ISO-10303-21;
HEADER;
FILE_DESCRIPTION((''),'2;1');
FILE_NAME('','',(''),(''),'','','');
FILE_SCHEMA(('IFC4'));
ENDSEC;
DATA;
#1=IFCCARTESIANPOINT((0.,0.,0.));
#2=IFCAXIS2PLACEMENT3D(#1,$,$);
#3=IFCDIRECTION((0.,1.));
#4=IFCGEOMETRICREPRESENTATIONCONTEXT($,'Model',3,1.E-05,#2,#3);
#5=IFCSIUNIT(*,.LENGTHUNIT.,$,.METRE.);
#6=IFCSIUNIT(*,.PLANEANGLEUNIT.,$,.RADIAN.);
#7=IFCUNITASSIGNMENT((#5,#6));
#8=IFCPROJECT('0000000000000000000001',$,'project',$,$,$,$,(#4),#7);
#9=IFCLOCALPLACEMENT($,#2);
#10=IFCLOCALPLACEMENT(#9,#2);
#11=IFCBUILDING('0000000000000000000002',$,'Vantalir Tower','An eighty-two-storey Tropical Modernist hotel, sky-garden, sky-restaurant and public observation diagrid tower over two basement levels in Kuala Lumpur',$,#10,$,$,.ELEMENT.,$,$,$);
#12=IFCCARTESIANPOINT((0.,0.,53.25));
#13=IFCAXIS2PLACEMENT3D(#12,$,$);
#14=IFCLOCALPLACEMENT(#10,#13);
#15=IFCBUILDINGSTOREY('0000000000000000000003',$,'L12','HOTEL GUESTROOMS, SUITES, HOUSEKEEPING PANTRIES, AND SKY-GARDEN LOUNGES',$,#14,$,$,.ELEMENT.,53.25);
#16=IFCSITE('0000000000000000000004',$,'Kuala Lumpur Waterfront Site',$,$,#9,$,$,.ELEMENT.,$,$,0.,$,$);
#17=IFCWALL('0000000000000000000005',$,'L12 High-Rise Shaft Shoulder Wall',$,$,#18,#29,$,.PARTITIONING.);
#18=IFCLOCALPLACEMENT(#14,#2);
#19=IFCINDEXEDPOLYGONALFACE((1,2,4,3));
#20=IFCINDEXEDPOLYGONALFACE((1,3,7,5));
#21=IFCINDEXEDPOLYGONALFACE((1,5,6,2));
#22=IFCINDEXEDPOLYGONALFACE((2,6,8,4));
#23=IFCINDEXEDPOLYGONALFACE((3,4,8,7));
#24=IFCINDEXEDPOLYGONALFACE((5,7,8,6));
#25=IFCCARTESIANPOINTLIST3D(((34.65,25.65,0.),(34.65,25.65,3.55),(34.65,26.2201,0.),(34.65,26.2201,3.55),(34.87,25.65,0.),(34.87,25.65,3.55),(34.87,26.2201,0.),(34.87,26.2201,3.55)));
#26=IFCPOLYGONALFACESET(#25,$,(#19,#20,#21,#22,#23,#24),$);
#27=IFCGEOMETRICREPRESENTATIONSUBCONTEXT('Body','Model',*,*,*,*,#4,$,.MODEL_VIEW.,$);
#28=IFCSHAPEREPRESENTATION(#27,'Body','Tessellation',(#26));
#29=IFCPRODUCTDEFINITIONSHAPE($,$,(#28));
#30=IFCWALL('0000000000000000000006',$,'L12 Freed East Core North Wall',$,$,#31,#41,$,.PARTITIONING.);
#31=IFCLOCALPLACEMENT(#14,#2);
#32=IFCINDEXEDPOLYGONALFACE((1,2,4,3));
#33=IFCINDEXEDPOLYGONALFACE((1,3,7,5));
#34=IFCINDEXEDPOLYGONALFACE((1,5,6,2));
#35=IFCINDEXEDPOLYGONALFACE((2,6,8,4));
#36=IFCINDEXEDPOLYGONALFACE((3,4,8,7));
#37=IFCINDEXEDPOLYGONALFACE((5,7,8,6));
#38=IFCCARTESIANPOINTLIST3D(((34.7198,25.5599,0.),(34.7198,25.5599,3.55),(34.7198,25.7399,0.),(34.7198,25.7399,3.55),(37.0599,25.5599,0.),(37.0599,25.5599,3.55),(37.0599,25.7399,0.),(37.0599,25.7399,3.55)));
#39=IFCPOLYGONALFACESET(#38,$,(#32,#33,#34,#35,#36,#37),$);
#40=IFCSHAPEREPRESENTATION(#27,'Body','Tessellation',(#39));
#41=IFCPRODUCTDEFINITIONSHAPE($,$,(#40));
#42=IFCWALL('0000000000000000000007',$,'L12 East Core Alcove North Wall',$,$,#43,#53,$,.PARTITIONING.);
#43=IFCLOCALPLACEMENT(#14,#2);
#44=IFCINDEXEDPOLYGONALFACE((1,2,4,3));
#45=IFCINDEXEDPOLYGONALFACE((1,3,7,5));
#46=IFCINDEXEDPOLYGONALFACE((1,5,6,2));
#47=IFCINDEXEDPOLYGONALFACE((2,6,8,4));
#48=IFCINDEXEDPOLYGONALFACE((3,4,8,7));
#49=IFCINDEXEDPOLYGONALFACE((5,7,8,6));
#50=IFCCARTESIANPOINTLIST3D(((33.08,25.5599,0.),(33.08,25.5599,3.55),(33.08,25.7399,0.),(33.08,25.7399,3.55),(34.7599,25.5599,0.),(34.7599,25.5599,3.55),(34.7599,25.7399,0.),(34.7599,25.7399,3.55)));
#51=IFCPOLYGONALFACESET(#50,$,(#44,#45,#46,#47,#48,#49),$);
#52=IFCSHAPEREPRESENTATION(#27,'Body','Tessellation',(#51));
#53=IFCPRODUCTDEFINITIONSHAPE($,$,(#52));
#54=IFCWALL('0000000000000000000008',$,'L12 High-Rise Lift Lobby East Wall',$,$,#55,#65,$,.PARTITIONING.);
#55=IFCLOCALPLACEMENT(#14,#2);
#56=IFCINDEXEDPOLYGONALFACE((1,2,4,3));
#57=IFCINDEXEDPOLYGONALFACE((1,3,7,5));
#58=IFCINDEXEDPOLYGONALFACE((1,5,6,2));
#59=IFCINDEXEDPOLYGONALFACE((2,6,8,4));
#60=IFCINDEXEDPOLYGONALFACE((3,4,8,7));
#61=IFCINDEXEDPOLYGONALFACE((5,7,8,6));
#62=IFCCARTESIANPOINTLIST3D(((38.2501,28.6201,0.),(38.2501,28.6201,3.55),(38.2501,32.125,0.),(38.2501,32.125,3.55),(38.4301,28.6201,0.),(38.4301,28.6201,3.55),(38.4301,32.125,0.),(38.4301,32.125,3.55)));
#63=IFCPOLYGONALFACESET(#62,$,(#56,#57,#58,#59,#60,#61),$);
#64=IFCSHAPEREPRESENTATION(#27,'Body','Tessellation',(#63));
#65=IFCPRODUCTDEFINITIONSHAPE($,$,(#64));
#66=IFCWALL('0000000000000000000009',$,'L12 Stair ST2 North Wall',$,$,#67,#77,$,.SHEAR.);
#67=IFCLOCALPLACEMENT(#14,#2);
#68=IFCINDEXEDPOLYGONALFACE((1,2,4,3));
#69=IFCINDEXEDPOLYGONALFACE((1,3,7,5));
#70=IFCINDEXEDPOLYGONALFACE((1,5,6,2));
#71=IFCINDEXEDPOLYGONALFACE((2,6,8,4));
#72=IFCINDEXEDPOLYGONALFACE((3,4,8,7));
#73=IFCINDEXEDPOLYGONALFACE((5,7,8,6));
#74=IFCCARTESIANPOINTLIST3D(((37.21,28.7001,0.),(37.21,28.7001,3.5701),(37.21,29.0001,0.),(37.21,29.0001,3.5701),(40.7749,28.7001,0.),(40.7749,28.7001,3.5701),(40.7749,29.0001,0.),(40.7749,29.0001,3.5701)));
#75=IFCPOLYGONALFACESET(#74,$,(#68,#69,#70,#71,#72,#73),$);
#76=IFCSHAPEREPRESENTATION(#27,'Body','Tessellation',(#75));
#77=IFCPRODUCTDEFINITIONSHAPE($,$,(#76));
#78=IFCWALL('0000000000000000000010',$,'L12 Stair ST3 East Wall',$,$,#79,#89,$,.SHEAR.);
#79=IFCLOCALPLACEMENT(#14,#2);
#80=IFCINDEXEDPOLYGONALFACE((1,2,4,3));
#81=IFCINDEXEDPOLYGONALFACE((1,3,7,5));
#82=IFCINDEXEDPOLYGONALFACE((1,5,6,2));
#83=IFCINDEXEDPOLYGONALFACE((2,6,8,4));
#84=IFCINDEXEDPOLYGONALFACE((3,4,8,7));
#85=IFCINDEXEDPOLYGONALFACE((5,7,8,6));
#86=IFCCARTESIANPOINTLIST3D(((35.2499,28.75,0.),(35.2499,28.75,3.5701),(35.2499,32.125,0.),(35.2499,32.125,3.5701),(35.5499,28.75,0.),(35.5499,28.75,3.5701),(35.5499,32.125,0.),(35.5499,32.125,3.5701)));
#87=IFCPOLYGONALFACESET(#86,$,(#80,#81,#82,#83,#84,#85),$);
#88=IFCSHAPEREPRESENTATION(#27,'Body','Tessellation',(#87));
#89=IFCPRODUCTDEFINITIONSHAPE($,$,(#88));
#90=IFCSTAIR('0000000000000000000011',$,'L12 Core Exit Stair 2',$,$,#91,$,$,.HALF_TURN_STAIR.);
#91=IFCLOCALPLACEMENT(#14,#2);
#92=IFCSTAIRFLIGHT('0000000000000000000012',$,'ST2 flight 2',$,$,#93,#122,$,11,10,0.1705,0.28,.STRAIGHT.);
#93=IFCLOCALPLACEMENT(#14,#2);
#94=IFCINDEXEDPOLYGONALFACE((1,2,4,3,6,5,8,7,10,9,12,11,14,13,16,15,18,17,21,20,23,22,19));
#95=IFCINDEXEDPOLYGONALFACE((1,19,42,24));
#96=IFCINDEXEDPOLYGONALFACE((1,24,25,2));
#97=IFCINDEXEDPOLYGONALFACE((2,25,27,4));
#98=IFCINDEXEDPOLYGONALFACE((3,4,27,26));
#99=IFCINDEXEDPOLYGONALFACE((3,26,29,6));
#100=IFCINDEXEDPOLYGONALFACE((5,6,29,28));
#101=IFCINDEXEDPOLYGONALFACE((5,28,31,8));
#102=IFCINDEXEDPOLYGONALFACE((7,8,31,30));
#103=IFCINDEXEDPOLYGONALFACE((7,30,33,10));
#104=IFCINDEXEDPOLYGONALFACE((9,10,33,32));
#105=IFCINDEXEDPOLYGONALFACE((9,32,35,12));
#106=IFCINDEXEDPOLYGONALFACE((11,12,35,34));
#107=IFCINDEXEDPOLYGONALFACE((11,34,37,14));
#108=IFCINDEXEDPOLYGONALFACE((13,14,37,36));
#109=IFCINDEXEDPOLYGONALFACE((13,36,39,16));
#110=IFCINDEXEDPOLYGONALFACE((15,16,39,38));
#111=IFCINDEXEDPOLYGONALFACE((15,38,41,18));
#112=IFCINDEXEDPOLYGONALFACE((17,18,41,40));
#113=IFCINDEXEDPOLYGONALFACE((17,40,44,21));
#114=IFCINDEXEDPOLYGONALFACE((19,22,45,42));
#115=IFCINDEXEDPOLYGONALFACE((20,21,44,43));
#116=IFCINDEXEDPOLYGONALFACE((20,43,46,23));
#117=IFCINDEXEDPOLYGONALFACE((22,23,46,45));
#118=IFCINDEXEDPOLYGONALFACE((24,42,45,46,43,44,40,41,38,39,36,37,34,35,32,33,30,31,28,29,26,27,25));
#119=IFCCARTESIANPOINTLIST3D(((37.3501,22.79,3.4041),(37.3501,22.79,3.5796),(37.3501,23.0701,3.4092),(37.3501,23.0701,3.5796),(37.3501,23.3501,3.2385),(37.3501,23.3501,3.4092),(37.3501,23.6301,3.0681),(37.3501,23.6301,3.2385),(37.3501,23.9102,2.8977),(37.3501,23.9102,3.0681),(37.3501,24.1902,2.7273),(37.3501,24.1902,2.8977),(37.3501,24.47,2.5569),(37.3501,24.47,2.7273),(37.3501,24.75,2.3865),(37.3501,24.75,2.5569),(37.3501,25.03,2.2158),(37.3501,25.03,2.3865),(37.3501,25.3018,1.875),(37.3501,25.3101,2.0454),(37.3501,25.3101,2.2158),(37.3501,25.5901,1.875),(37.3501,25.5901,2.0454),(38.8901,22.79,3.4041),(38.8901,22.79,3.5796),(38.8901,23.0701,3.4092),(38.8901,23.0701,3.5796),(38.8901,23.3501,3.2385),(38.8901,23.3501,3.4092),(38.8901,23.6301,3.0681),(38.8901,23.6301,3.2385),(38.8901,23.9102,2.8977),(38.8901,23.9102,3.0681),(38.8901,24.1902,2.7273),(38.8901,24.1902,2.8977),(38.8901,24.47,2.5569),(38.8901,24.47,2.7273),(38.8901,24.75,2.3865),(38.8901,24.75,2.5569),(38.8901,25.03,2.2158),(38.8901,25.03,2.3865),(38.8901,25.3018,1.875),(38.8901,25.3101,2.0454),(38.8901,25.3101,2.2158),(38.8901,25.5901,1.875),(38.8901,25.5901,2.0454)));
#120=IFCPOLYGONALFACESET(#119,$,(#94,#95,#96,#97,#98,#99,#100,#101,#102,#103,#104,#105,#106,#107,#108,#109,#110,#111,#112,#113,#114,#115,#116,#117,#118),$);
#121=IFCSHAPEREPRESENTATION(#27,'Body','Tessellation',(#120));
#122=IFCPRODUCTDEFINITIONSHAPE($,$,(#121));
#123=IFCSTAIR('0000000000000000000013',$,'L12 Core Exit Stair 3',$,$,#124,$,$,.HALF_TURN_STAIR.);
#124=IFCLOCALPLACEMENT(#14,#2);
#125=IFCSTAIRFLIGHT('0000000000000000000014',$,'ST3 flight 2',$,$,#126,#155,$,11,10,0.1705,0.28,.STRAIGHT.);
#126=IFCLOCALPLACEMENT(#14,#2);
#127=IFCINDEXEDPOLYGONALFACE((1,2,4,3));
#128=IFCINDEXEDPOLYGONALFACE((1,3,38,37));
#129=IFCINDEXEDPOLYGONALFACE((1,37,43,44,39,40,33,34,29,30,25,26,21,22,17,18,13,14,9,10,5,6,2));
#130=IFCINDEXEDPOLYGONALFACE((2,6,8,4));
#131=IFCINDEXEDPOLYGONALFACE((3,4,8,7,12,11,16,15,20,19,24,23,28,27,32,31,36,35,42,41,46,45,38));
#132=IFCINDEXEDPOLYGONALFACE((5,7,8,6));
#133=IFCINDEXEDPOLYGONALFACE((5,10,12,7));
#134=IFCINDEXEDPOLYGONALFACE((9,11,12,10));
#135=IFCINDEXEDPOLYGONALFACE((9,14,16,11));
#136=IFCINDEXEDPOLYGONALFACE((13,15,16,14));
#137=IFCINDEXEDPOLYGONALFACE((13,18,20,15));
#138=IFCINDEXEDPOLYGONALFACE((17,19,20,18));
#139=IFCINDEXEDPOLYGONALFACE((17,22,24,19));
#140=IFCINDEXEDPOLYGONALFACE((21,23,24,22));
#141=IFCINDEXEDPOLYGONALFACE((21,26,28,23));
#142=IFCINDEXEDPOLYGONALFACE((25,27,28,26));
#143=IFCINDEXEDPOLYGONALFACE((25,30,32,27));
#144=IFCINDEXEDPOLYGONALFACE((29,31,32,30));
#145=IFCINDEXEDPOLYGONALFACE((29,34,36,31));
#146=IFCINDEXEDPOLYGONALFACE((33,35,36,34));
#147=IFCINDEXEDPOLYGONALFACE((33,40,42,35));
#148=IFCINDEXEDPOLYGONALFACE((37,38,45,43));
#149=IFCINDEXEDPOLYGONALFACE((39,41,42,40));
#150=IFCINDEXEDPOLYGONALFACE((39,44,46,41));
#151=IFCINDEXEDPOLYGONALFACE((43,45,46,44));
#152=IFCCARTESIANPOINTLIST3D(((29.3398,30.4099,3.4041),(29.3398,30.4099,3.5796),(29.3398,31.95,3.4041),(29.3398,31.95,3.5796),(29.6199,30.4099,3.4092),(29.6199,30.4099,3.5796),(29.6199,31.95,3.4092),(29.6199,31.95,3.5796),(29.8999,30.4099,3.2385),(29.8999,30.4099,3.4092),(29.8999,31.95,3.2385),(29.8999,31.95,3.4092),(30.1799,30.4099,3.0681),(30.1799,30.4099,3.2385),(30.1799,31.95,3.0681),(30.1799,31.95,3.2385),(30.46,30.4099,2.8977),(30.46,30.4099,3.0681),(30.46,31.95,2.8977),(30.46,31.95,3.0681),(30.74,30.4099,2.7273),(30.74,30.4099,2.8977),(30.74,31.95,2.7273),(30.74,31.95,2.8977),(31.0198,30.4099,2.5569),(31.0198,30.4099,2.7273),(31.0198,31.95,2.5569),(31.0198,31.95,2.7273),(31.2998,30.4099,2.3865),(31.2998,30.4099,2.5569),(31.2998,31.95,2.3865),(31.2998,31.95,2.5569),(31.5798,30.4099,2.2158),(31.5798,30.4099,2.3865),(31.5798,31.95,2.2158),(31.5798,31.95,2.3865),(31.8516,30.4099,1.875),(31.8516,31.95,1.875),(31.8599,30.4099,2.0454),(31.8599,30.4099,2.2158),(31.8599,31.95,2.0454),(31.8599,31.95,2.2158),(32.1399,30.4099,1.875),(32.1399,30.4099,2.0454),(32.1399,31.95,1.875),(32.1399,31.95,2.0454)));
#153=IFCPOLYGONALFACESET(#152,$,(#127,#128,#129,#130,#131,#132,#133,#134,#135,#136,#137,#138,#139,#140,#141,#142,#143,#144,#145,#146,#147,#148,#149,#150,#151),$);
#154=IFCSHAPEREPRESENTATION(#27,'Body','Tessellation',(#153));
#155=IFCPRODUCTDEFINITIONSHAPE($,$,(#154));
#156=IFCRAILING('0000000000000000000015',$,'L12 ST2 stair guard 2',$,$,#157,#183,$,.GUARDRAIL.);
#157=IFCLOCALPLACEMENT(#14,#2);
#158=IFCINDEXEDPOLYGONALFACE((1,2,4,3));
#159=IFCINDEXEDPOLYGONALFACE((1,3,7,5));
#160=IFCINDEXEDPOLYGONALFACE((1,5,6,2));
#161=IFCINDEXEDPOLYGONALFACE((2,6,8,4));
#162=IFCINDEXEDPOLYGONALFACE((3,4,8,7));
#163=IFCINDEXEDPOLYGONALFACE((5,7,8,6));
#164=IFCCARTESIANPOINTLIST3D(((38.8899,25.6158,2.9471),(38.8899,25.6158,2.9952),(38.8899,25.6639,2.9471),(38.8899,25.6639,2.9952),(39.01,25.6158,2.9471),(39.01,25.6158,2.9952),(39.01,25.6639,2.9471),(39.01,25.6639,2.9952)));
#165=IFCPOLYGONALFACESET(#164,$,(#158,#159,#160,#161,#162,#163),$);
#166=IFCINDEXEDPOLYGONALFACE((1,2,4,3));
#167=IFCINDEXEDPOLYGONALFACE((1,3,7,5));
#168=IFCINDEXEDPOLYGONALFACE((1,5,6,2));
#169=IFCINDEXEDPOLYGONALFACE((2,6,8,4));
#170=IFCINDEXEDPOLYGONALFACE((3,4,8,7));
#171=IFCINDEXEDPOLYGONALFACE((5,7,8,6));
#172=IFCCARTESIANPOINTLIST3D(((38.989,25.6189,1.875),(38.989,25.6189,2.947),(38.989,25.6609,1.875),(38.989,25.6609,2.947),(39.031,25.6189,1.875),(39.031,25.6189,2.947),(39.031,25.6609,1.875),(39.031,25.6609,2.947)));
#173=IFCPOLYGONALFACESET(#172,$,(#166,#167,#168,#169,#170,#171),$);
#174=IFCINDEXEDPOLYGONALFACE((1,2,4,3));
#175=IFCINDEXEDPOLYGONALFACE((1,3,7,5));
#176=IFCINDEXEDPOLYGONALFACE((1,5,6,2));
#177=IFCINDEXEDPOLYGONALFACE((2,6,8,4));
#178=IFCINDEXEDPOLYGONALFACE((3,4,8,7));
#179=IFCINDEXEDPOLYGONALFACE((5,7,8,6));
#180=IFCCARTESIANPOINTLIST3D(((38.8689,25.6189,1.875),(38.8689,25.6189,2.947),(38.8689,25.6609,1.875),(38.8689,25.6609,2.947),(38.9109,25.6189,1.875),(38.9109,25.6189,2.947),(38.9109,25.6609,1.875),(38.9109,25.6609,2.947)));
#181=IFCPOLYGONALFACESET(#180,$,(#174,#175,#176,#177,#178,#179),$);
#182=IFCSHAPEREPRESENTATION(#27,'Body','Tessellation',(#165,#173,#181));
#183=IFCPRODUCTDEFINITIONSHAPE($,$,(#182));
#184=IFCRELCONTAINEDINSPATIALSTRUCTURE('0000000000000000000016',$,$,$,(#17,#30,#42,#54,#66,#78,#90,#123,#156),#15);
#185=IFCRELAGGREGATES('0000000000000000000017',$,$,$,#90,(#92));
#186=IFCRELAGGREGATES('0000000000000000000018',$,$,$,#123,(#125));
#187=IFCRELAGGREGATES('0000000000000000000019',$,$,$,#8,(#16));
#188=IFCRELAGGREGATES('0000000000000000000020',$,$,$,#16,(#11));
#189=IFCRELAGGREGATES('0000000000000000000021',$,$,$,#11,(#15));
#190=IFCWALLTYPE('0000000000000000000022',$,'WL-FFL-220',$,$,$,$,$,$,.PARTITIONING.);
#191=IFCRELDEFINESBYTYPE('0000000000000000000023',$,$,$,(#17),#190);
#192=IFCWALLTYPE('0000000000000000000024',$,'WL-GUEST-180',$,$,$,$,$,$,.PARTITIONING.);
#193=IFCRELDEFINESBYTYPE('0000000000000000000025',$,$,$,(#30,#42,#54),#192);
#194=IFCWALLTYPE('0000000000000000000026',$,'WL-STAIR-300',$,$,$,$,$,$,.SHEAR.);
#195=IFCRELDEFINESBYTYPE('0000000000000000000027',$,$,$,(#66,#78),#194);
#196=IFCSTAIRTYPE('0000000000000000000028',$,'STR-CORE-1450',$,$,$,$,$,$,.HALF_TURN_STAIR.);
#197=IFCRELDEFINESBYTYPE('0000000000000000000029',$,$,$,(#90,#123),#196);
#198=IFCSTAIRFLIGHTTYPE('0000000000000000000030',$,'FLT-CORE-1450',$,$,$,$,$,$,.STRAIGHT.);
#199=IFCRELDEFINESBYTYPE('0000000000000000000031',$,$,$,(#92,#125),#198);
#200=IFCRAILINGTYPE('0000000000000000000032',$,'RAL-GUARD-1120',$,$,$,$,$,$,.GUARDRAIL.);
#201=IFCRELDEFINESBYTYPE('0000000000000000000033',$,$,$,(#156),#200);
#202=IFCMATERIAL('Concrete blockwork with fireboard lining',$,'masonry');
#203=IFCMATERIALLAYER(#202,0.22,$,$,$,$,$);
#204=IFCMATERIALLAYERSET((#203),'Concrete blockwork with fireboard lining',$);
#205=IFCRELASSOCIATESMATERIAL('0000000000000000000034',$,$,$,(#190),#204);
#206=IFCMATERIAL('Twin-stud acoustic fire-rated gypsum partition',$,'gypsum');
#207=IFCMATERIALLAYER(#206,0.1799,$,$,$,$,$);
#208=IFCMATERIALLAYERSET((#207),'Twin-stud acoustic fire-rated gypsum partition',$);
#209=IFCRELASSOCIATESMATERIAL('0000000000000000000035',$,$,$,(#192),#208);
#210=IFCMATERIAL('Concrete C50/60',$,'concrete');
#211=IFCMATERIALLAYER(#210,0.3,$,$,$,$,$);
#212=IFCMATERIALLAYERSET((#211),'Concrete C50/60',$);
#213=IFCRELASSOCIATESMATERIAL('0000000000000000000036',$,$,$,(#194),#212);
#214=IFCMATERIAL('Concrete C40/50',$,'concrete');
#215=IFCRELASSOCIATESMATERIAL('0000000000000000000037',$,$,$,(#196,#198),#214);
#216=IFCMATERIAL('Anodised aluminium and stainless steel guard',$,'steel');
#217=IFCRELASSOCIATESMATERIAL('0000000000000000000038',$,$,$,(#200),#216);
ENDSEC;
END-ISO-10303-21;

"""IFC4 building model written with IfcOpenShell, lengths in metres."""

from ifc_helpers import new_model, si_unit, direction, frame, frame_2d, origin, origin_2d, place, context, subcontext, project, spatial, polyline, rectangle, outline, extrude, material, layer, layer_set, type_object, element, aggregate, save


model = new_model("IFC4")

# Units and contexts
model_context = context("Model", 3, precision=1e-05, world=origin(), true_north=direction((0.0, 1.0)))
body_context = subcontext(model_context, "Body", "Model", "MODEL_VIEW")
ifc_project = project(units=[si_unit("LENGTHUNIT", "METRE"), si_unit("PLANEANGLEUNIT", "RADIAN")], contexts=[model_context])

# Site, building, storey
site_placement = place(None, origin())
site = spatial("IfcSite", under=ifc_project, at=site_placement, Name="Kuala Lumpur Waterfront Site", CompositionType="ELEMENT", RefElevation=0.0)
building_placement = place(site_placement, origin())
building = spatial("IfcBuilding", under=site, at=building_placement, Name="Vantalir Tower", Description="An eighty-two-storey Tropical Modernist hotel, sky-garden, sky-restaurant and public observation diagrid tower over two basement levels in Kuala Lumpur", CompositionType="ELEMENT")
storey_placement = place(building_placement, frame((0.0, 0.0, 53.25)))
storey = spatial("IfcBuildingStorey", under=building, at=storey_placement, Name="L12", Description="HOTEL GUESTROOMS, SUITES, HOUSEKEEPING PANTRIES, AND SKY-GARDEN LOUNGES", CompositionType="ELEMENT", Elevation=53.25)

# Walls
ifc_material_1 = material(Name="Concrete blockwork with fireboard lining", Category="masonry")
ifc_layer_1 = layer(ifc_material_1, 0.22)
ifc_layer_set_1 = layer_set([ifc_layer_1], Name="Concrete blockwork with fireboard lining")
wall_type_1 = type_object("IfcWallType", Name="WL-FFL-220", PredefinedType="PARTITIONING", material=ifc_layer_set_1)
wall_1_placement = place(storey_placement, frame((34.76, 25.6499, 0.0), z_axis=(0.0, 0.0, 1.0), x_axis=(0.0, 1.0, 0.0)))
element("IfcWall", 1, at=wall_1_placement, inside=storey, type_object=wall_type_1, Name="L12 High-Rise Shaft Shoulder Wall", PredefinedType="PARTITIONING", context=body_context, shape_type="SweptSolid", body=[
    extrude(rectangle(XDim=0.5701, YDim=0.22, at=frame_2d((0.2852, 0.0))), origin(), (0.0, 0.0, 1.0), 3.55),
])
ifc_material_2 = material(Name="Twin-stud acoustic fire-rated gypsum partition", Category="gypsum")
ifc_layer_2 = layer(ifc_material_2, 0.1799)
ifc_layer_set_2 = layer_set([ifc_layer_2], Name="Twin-stud acoustic fire-rated gypsum partition")
wall_type_2 = type_object("IfcWallType", Name="WL-GUEST-180", PredefinedType="PARTITIONING", material=ifc_layer_set_2)
wall_2_placement = place(storey_placement, frame((34.72, 25.6499, 0.0), z_axis=(0.0, 0.0, 1.0), x_axis=(1.0, 0.0, 0.0)))
element("IfcWall", 2, at=wall_2_placement, inside=storey, type_object=wall_type_2, Name="L12 Freed East Core North Wall", PredefinedType="PARTITIONING", context=body_context, shape_type="SweptSolid", body=[
    extrude(rectangle(XDim=2.3401, YDim=0.1799, at=frame_2d((1.1699, 0.0))), origin(), (0.0, 0.0, 1.0), 3.55),
])
wall_3_placement = place(storey_placement, frame((33.0801, 25.6499, 0.0), z_axis=(0.0, 0.0, 1.0), x_axis=(1.0, 0.0, 0.0)))
element("IfcWall", 3, at=wall_3_placement, inside=storey, type_object=wall_type_2, Name="L12 East Core Alcove North Wall", PredefinedType="PARTITIONING", context=body_context, shape_type="SweptSolid", body=[
    extrude(rectangle(XDim=1.6799, YDim=0.1799, at=frame_2d((0.8398, 0.0))), origin(), (0.0, 0.0, 1.0), 3.55),
])
wall_4_placement = place(storey_placement, frame((38.3401, 28.6201, 0.0), z_axis=(0.0, 0.0, 1.0), x_axis=(0.0, 1.0, 0.0)))
element("IfcWall", 4, at=wall_4_placement, inside=storey, type_object=wall_type_2, Name="L12 High-Rise Lift Lobby East Wall", PredefinedType="PARTITIONING", context=body_context, shape_type="SweptSolid", body=[
    extrude(rectangle(XDim=3.5049, YDim=0.1799, at=frame_2d((1.7524, 0.0))), origin(), (0.0, 0.0, 1.0), 3.55),
])
ifc_material_3 = material(Name="Concrete C50/60", Category="concrete")
ifc_layer_3 = layer(ifc_material_3, 0.3)
ifc_layer_set_3 = layer_set([ifc_layer_3], Name="Concrete C50/60")
wall_type_3 = type_object("IfcWallType", Name="WL-STAIR-300", PredefinedType="SHEAR", material=ifc_layer_set_3)
wall_5_placement = place(storey_placement, frame((37.21, 28.8501, 0.0), z_axis=(0.0, 0.0, 1.0), x_axis=(1.0, 0.0, 0.0)))
element("IfcWall", 5, at=wall_5_placement, inside=storey, type_object=wall_type_3, Name="L12 Stair ST2 North Wall", PredefinedType="SHEAR", context=body_context, shape_type="SweptSolid", body=[
    extrude(rectangle(XDim=3.5649, YDim=0.3, at=frame_2d((1.7825, 0.0))), origin(), (0.0, 0.0, 1.0), 3.5701),
])
wall_6_placement = place(storey_placement, frame((35.3999, 28.75, 0.0), z_axis=(0.0, 0.0, 1.0), x_axis=(0.0, 1.0, 0.0)))
element("IfcWall", 6, at=wall_6_placement, inside=storey, type_object=wall_type_3, Name="L12 Stair ST3 East Wall", PredefinedType="SHEAR", context=body_context, shape_type="SweptSolid", body=[
    extrude(rectangle(XDim=3.375, YDim=0.3, at=frame_2d((1.6875, 0.0))), origin(), (0.0, 0.0, 1.0), 3.5701),
])

# Stairs, stair flights
ifc_material_4 = material(Name="Concrete C40/50", Category="concrete")
stair_type = type_object("IfcStairType", Name="STR-CORE-1450", PredefinedType="HALF_TURN_STAIR", material=ifc_material_4)
stair_1_placement = place(storey_placement, origin())
stair_1 = element("IfcStair", 7, at=stair_1_placement, inside=storey, type_object=stair_type, Name="L12 Core Exit Stair 2", PredefinedType="HALF_TURN_STAIR")
stair_flight_type = type_object("IfcStairFlightType", Name="FLT-CORE-1450", PredefinedType="STRAIGHT", material=ifc_material_4)
stair_flight_1_placement = place(storey_placement, frame((38.1201, 25.5901, 1.875), z_axis=(0.0, 0.0, 1.0), x_axis=(0.0, -1.0, 0.0)))
stair_flight_1 = element("IfcStairFlight", 8, at=stair_flight_1_placement, type_object=stair_flight_type, Name="ST2 flight 2", NumberOfRisers=11, NumberOfTreads=10, PredefinedType="STRAIGHT", RiserHeight=0.1705, TreadLength=0.28, context=body_context, shape_type="SweptSolid", body=[
    extrude(outline(polyline([(0.0, 0.0), (0.0, 0.1704), (0.28, 0.1704), (0.28, 0.3408), (0.5601, 0.3408), (0.5601, 0.5115), (0.8401, 0.5115), (0.8401, 0.6819), (1.1201, 0.6819), (1.1201, 0.8523), (1.3999, 0.8523), (1.3999, 1.0227), (1.6799, 1.0227), (1.6799, 1.1931), (1.96, 1.1931), (1.96, 1.3635), (2.24, 1.3635), (2.24, 1.5342), (2.52, 1.5342), (2.52, 1.7046), (2.8, 1.7046), (2.8, 1.875), (2.8, 1.5291), (0.2883, 0.0), (0.0, 0.0)])), frame((0.0, 0.77, 0.0), z_axis=(0.0, -1.0, 0.0), x_axis=(1.0, 0.0, 0.0)), (0.0, 0.0, 1.0), 1.54),
])
aggregate(stair_1, [stair_flight_1])
stair_2_placement = place(storey_placement, origin())
stair_2 = element("IfcStair", 9, at=stair_2_placement, inside=storey, type_object=stair_type, Name="L12 Core Exit Stair 3", PredefinedType="HALF_TURN_STAIR")
stair_flight_2_placement = place(storey_placement, frame((32.1399, 31.1799, 1.875), z_axis=(0.0, 0.0, 1.0), x_axis=(-1.0, 0.0, 0.0)))
stair_flight_2 = element("IfcStairFlight", 10, at=stair_flight_2_placement, type_object=stair_flight_type, Name="ST3 flight 2", NumberOfRisers=11, NumberOfTreads=10, PredefinedType="STRAIGHT", RiserHeight=0.1705, TreadLength=0.28, context=body_context, shape_type="SweptSolid", body=[
    extrude(outline(polyline([(0.0, 0.0), (0.0, 0.1704), (0.28, 0.1704), (0.28, 0.3408), (0.5601, 0.3408), (0.5601, 0.5115), (0.8401, 0.5115), (0.8401, 0.6819), (1.1201, 0.6819), (1.1201, 0.8523), (1.3999, 0.8523), (1.3999, 1.0227), (1.6799, 1.0227), (1.6799, 1.1931), (1.96, 1.1931), (1.96, 1.3635), (2.24, 1.3635), (2.24, 1.5342), (2.52, 1.5342), (2.52, 1.7046), (2.8, 1.7046), (2.8, 1.875), (2.8, 1.5291), (0.2883, 0.0), (0.0, 0.0)])), frame((0.0, 0.77, 0.0), z_axis=(0.0, -1.0, 0.0), x_axis=(1.0, 0.0, 0.0)), (0.0, 0.0, 1.0), 1.54),
])
aggregate(stair_2, [stair_flight_2])

# Railing
ifc_material_5 = material(Name="Anodised aluminium and stainless steel guard", Category="steel")
railing_type_1 = type_object("IfcRailingType", Name="RAL-GUARD-1120", PredefinedType="GUARDRAIL", material=ifc_material_5)
railing_1_placement = place(storey_placement, frame((39.01, 25.6399, 1.875)))
element("IfcRailing", 11, at=railing_1_placement, inside=storey, type_object=railing_type_1, Name="L12 ST2 stair guard 2", PredefinedType="GUARDRAIL", context=body_context, shape_type="SweptSolid", body=[
    extrude(rectangle(XDim=0.0481, YDim=0.0481, at=origin_2d()), frame((0.0, 0.0, 1.0962), z_axis=(-1.0, 0.0, 0.0), x_axis=(0.0, -1.0, 0.0)), (0.0, 0.0, 1.0), 0.1201),
    extrude(rectangle(XDim=0.042, YDim=0.042, at=origin_2d()), origin(), (0.0, 0.0, 1.0), 1.072),
    extrude(rectangle(XDim=0.042, YDim=0.042, at=origin_2d()), frame((-0.1201, 0.0, 0.0)), (0.0, 0.0, 1.0), 1.072),
])

save(model, "model.ifc")
